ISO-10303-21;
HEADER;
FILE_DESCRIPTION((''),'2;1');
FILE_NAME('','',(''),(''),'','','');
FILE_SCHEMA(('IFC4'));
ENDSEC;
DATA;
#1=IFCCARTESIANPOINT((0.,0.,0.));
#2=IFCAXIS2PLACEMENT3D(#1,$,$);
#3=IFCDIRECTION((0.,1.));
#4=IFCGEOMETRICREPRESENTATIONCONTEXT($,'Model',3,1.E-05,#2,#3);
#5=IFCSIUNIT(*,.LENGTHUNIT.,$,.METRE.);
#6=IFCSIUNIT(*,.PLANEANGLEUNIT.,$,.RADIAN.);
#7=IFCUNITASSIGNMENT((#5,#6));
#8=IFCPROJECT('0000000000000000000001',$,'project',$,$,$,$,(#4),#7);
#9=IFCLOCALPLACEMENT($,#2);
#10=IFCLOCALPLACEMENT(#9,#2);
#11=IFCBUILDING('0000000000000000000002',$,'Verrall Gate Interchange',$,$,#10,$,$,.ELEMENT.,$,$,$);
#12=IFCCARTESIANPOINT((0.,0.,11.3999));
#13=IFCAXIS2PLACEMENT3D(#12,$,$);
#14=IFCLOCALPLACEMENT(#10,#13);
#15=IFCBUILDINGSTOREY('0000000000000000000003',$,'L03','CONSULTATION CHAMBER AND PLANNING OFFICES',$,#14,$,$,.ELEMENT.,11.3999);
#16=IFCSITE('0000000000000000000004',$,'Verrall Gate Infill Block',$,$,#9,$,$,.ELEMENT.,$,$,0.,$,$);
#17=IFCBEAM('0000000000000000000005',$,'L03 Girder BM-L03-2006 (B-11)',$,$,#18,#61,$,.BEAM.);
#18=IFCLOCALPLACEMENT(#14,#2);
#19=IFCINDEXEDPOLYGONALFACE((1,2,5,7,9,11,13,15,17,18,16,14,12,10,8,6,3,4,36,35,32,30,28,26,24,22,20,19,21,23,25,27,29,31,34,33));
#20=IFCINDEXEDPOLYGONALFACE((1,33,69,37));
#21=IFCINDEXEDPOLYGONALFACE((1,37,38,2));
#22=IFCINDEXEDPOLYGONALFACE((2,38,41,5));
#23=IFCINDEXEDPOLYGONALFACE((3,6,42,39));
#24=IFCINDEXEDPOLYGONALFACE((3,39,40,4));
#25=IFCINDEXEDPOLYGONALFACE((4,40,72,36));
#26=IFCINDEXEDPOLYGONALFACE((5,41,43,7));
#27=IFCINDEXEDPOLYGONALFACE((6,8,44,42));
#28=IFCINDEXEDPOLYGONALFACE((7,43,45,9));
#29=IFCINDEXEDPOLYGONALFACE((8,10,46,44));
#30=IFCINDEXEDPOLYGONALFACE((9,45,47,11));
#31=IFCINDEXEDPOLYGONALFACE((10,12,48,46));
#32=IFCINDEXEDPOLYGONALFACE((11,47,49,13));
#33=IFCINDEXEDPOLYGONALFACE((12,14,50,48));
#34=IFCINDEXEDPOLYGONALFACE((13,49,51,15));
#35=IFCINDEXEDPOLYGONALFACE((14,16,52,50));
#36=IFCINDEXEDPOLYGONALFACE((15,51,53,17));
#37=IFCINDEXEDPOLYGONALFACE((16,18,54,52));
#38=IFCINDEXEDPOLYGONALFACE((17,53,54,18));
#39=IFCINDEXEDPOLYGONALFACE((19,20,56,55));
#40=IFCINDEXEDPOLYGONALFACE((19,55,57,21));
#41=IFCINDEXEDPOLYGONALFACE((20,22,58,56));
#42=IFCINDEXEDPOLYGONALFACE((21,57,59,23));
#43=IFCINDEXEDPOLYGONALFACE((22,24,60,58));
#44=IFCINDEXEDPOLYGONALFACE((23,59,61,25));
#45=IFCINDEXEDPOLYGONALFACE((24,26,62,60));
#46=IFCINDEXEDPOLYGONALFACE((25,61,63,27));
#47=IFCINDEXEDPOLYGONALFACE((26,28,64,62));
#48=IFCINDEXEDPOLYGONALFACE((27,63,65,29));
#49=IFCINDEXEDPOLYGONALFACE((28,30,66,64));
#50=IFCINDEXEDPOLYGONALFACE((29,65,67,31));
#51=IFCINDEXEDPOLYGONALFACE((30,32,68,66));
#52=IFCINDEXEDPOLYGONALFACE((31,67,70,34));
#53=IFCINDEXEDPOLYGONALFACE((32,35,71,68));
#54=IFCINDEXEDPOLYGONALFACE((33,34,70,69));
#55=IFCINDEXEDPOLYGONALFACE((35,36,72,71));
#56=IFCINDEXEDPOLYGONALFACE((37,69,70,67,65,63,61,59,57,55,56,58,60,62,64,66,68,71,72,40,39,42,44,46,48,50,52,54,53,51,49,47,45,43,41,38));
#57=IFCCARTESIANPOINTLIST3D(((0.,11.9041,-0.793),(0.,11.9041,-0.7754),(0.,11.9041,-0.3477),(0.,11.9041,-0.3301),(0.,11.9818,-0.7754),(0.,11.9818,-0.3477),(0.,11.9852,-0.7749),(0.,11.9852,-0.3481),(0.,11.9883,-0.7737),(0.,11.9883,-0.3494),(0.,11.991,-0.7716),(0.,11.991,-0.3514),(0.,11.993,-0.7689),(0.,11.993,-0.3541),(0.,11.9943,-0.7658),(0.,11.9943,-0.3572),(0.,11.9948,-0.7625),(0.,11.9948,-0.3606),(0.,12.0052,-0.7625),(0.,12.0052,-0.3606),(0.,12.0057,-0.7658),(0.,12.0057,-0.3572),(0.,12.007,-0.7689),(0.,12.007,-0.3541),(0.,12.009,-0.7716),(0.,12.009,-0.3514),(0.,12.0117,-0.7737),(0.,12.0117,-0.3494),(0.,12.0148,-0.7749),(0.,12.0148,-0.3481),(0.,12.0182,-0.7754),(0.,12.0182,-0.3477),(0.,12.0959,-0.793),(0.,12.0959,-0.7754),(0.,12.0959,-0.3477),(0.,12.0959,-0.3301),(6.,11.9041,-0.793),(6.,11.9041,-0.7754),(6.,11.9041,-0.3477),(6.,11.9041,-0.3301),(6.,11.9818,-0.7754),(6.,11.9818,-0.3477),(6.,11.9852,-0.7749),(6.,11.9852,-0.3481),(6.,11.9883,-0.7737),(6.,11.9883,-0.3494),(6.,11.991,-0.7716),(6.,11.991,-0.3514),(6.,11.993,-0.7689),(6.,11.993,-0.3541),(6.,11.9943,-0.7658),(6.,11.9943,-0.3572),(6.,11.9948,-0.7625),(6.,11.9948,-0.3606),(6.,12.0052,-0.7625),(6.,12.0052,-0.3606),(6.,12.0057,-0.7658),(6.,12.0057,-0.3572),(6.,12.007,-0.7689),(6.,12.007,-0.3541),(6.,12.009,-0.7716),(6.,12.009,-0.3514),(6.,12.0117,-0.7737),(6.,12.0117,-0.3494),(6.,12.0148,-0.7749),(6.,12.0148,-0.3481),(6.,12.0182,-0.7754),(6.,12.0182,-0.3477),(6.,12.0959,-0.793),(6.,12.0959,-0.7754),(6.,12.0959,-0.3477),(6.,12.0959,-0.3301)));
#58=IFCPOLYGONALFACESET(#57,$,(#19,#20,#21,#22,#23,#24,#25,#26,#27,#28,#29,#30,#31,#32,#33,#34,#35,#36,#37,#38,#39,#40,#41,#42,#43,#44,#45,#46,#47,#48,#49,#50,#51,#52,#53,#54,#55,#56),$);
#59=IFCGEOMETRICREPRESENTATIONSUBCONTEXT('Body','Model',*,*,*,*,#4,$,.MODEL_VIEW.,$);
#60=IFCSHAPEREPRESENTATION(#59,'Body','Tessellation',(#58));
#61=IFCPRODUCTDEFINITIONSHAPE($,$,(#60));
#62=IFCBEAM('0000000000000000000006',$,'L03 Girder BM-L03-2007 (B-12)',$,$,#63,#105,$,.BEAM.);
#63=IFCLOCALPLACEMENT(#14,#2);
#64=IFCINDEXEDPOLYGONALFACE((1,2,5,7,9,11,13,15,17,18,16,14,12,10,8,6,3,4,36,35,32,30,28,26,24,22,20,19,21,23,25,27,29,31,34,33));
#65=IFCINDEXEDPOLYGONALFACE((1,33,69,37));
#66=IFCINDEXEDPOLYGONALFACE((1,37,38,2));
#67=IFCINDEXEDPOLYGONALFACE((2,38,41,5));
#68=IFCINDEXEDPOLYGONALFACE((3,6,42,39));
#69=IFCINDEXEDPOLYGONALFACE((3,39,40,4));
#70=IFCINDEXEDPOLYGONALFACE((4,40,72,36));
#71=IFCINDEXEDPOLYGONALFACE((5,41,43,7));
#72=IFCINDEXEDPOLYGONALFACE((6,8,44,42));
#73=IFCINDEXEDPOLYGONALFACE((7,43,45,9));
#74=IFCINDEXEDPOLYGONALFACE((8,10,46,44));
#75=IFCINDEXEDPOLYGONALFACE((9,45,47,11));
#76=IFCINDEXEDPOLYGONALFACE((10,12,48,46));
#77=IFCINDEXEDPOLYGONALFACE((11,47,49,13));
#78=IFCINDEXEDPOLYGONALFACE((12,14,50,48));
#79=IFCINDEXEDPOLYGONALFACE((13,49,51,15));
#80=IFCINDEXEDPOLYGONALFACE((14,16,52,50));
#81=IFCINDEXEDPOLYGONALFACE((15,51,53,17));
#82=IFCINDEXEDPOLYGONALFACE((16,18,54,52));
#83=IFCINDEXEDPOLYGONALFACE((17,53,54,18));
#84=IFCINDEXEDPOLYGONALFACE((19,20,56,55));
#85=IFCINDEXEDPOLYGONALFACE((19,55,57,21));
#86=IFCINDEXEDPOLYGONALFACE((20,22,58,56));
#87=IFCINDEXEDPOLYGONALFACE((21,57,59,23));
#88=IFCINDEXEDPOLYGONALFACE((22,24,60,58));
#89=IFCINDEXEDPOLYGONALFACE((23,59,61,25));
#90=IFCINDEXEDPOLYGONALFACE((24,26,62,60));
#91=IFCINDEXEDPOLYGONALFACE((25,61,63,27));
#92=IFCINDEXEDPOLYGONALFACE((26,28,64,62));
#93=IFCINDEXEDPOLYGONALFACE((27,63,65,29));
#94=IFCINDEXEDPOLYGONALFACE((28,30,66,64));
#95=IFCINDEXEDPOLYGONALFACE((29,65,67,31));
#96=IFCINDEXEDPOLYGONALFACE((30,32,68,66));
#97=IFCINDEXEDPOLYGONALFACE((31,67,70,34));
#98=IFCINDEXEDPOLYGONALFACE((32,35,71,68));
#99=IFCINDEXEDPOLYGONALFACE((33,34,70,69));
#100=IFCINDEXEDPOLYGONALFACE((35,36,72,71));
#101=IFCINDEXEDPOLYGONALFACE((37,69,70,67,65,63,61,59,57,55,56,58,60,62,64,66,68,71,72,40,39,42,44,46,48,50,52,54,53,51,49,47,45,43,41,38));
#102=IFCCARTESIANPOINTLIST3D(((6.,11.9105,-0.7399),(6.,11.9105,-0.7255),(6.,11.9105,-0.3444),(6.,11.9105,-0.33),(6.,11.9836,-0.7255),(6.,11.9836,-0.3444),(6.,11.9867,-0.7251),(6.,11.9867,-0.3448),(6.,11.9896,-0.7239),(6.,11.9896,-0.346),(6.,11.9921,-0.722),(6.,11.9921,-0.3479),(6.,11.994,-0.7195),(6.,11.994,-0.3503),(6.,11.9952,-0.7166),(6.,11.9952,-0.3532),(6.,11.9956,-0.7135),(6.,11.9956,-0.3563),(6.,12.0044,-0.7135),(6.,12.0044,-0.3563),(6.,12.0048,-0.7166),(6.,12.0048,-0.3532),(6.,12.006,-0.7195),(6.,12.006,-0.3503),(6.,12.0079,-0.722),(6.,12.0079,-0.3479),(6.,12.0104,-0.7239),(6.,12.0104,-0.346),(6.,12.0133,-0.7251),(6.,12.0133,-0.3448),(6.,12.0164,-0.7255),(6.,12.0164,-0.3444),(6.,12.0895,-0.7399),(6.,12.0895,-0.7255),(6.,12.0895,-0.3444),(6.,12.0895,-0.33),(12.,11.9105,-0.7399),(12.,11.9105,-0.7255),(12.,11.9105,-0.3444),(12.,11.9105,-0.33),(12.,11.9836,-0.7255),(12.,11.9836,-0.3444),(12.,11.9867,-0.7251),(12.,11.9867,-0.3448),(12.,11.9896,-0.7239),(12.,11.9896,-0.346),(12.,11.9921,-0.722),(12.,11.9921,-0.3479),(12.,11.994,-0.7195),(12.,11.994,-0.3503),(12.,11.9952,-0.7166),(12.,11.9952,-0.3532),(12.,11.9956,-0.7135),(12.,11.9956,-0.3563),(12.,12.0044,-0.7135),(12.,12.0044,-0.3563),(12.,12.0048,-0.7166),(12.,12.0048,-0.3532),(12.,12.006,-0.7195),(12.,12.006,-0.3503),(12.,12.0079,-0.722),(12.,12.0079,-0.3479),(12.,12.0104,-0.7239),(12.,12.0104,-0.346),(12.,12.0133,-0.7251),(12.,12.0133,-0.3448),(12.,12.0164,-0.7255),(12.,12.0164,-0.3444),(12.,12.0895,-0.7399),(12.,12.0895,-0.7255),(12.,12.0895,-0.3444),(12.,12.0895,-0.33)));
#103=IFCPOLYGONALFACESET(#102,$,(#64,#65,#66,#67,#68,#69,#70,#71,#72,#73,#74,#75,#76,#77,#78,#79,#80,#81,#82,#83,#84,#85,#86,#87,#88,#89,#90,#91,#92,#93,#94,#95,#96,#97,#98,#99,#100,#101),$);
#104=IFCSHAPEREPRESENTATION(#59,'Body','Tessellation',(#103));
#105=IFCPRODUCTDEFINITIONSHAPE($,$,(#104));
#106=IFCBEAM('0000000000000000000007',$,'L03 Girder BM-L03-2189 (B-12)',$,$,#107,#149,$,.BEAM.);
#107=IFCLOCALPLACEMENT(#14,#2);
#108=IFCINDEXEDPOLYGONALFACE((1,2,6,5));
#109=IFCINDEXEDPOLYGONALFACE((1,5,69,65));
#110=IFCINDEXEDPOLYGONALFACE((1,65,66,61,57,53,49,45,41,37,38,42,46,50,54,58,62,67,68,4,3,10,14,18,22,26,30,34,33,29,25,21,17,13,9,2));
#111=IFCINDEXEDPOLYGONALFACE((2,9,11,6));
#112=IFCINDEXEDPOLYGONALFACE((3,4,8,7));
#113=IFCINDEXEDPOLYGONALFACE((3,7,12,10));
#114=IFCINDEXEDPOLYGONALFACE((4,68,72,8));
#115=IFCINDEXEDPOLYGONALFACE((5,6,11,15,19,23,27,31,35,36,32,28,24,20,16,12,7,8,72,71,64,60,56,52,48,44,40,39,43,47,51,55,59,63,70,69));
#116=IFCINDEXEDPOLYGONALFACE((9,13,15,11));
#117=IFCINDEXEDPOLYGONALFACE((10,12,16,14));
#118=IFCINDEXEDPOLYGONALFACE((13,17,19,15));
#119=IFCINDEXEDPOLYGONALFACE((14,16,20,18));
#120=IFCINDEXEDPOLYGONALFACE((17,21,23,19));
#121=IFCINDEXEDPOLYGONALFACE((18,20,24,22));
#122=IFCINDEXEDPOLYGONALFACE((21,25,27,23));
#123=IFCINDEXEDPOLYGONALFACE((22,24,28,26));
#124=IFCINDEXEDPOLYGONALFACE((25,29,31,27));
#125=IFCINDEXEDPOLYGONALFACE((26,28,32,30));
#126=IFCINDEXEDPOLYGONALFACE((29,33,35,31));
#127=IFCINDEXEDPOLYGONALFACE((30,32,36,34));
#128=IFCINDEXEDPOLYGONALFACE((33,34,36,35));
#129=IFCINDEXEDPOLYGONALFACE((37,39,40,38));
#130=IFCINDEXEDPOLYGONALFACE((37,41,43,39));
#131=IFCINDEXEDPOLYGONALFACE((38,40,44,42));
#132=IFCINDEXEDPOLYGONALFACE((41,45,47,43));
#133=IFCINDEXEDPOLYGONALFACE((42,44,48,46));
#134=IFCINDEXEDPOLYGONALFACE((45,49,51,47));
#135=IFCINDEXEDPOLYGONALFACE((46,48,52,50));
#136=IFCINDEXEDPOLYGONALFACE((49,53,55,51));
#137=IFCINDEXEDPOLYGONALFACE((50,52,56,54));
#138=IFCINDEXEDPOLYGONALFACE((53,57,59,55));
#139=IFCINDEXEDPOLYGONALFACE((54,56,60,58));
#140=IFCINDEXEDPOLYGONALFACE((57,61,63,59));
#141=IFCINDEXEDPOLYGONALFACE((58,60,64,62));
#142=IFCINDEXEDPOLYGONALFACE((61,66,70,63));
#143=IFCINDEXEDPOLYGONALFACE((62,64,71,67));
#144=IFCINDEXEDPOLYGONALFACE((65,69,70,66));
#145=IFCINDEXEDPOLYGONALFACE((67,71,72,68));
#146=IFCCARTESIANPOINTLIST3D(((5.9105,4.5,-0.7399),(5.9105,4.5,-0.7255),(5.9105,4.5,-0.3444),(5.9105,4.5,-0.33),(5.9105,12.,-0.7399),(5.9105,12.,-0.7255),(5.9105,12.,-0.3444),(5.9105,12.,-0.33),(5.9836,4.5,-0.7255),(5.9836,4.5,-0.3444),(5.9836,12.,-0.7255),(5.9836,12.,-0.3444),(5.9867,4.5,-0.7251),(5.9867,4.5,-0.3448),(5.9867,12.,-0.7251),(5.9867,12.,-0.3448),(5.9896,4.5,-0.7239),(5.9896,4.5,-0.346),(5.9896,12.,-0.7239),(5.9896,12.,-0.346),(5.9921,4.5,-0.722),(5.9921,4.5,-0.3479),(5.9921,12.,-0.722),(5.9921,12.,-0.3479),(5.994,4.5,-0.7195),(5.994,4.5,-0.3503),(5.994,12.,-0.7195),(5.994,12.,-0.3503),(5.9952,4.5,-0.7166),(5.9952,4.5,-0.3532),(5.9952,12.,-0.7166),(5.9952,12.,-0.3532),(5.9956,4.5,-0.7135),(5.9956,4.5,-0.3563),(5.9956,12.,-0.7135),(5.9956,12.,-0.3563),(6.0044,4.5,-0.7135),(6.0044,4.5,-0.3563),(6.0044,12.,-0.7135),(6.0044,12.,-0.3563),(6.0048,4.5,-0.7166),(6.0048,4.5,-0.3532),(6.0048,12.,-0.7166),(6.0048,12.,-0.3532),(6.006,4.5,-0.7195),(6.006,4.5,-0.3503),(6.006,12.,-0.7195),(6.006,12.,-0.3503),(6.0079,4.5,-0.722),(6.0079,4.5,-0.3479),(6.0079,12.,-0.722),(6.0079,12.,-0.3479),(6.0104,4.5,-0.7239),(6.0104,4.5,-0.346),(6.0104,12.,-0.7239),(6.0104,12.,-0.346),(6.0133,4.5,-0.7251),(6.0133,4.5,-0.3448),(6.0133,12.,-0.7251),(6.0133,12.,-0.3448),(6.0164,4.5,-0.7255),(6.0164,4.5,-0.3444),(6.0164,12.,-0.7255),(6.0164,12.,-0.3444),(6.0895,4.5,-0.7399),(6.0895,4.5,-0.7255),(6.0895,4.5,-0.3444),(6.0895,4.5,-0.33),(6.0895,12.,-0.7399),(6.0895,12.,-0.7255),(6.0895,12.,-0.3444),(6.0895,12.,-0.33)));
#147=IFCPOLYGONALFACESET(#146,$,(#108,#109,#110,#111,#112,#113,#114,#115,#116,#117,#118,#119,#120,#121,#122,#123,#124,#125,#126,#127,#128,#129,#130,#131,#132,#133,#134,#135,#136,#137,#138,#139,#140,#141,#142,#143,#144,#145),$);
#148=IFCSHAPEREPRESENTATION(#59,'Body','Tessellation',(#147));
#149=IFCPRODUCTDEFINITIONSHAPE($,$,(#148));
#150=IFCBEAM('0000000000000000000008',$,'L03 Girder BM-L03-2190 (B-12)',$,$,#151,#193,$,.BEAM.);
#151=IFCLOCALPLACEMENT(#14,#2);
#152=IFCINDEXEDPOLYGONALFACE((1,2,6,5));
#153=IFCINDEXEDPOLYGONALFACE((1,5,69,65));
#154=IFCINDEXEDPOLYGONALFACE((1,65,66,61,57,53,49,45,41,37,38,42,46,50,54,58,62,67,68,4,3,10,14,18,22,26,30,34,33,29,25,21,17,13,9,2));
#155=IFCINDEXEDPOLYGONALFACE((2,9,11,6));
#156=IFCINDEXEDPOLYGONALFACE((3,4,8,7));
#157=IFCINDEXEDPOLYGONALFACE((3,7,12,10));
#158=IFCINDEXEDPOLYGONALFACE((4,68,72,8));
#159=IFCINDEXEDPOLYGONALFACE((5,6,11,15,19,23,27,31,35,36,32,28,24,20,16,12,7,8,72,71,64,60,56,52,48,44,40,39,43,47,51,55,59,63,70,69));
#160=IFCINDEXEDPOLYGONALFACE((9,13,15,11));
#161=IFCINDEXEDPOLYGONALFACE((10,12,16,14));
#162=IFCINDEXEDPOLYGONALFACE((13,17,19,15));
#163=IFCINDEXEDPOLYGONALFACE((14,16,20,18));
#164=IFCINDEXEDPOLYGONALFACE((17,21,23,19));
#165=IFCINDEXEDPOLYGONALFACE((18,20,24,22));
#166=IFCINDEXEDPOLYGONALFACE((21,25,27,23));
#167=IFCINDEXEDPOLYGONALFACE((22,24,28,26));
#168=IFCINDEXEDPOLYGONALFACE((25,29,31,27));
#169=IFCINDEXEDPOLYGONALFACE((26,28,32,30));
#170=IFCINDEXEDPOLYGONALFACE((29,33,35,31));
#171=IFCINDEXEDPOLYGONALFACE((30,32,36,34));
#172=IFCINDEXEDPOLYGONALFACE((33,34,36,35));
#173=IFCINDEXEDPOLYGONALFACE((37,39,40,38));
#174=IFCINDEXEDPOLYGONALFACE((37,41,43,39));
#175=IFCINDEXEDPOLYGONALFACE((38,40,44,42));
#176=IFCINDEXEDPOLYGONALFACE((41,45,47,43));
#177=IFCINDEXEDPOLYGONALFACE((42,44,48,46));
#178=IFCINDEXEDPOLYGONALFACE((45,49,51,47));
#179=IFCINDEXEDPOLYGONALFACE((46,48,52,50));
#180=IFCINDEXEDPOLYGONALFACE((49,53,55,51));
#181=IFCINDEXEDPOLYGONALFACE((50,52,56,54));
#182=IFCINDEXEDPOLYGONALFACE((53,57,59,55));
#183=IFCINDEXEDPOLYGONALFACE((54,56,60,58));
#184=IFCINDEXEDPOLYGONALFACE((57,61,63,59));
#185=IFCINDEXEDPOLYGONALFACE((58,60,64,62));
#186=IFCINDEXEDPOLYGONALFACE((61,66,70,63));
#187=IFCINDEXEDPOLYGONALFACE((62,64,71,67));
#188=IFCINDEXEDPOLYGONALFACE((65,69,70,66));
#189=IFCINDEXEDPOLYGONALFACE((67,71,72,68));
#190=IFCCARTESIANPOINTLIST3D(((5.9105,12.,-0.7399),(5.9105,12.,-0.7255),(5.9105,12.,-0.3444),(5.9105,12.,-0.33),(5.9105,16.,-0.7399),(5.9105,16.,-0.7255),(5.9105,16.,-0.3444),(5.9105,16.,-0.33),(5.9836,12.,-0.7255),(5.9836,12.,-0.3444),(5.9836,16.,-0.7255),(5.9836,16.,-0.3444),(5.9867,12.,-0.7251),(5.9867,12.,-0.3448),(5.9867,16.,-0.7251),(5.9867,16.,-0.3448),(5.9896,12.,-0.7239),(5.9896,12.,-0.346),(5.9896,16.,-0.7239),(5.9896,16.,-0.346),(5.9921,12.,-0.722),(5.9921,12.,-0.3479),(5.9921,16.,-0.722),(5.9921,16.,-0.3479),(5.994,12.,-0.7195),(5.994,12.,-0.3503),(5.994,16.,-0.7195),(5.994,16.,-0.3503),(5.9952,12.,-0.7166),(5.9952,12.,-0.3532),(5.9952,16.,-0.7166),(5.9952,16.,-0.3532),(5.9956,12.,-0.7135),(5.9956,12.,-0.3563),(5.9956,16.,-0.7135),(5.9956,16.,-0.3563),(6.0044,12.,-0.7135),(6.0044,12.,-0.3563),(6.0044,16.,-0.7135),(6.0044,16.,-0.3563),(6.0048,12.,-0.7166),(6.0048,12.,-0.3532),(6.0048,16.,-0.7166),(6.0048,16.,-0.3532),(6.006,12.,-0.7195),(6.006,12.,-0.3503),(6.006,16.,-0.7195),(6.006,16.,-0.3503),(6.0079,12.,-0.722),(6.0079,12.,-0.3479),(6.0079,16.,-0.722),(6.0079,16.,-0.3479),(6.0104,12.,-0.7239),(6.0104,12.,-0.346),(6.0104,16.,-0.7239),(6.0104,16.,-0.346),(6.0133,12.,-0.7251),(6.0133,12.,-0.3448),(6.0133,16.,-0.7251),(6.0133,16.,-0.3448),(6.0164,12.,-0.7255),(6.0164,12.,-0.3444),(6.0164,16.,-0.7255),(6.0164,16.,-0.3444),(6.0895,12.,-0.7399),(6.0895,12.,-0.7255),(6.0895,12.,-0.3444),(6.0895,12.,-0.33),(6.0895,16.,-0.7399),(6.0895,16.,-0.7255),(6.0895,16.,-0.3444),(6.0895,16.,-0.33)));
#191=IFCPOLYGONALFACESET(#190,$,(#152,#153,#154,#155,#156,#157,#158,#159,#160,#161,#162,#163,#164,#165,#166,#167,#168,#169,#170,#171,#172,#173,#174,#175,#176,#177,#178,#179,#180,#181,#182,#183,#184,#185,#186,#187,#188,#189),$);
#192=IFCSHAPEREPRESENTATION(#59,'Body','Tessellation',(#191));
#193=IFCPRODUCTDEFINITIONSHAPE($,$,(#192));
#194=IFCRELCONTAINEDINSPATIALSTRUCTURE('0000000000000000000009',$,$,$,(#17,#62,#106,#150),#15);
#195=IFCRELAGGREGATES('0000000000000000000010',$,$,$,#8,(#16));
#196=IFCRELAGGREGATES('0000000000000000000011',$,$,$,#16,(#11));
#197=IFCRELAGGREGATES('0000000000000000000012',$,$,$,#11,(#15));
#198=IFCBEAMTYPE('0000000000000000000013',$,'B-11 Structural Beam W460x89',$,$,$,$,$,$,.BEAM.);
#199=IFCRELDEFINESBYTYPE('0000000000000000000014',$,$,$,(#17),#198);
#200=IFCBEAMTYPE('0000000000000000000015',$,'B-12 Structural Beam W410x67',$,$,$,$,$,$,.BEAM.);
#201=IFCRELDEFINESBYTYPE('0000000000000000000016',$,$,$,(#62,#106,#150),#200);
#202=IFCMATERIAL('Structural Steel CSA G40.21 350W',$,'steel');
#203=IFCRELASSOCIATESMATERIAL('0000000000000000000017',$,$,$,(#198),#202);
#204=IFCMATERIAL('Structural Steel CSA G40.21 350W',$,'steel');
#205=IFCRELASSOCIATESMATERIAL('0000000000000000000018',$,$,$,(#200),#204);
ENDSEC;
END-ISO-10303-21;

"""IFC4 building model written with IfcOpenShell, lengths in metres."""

from ifc_helpers import new_model, si_unit, direction, frame, origin, origin_2d, place, context, subcontext, project, spatial, i_section, extrude, material, material_profile, profile_set, type_object, element, save


model = new_model("IFC4")

# Units and contexts
model_context = context("Model", 3, precision=1e-05, world=origin(), true_north=direction((0.0, 1.0)))
body_context = subcontext(model_context, "Body", "Model", "MODEL_VIEW")
ifc_project = project(units=[si_unit("LENGTHUNIT", "METRE"), si_unit("PLANEANGLEUNIT", "RADIAN")], contexts=[model_context])

# Site, building, storey
site_placement = place(None, origin())
site = spatial("IfcSite", under=ifc_project, at=site_placement, Name="Verrall Gate Infill Block", CompositionType="ELEMENT", RefElevation=0.0)
building_placement = place(site_placement, origin())
building = spatial("IfcBuilding", under=site, at=building_placement, Name="Verrall Gate Interchange", CompositionType="ELEMENT")
storey_placement = place(building_placement, frame((0.0, 0.0, 11.3999)))
storey = spatial("IfcBuildingStorey", under=building, at=storey_placement, Name="L03", Description="CONSULTATION CHAMBER AND PLANNING OFFICES", CompositionType="ELEMENT", Elevation=11.3999)

# Beams
ifc_material_1 = material(Name="Structural Steel CSA G40.21 350W", Category="steel")
ifc_material_profile_1 = material_profile(ifc_material_1, i_section(OverallWidth=0.1919, OverallDepth=0.4629, WebThickness=0.0105, FlangeThickness=0.0176, FilletRadius=0.0129, at=origin_2d()), Name="W460x89")
ifc_profile_set_1 = profile_set([ifc_material_profile_1], Name="Structural Steel CSA G40.21 350W")
beam_type_1 = type_object("IfcBeamType", Name="B-11 Structural Beam W460x89", PredefinedType="BEAM", material=ifc_profile_set_1)
beam_1_placement = place(storey_placement, frame((0.0, 12.0, -0.5615), z_axis=(1.0, 0.0, 0.0), x_axis=(0.0, 1.0, 0.0)))
element("IfcBeam", 1, at=beam_1_placement, inside=storey, type_object=beam_type_1, Name="L03 Girder BM-L03-2006 (B-11)", PredefinedType="BEAM", context=body_context, shape_type="SweptSolid", body=[
    extrude(i_section(OverallWidth=0.1919, OverallDepth=0.4629, WebThickness=0.0105, FlangeThickness=0.0176, FilletRadius=0.0129, at=origin_2d()), origin(), (0.0, 0.0, 1.0), 6.0),
])
ifc_material_2 = material(Name="Structural Steel CSA G40.21 350W", Category="steel")
ifc_material_profile_2 = material_profile(ifc_material_2, i_section(OverallWidth=0.179, OverallDepth=0.4099, WebThickness=0.0088, FlangeThickness=0.0144, FilletRadius=0.012, at=origin_2d()), Name="W410x67")
ifc_profile_set_2 = profile_set([ifc_material_profile_2], Name="Structural Steel CSA G40.21 350W")
beam_type_2 = type_object("IfcBeamType", Name="B-12 Structural Beam W410x67", PredefinedType="BEAM", material=ifc_profile_set_2)
beam_2_placement = place(storey_placement, frame((6.0, 12.0, -0.5349), z_axis=(1.0, 0.0, 0.0), x_axis=(0.0, 1.0, 0.0)))
element("IfcBeam", 2, at=beam_2_placement, inside=storey, type_object=beam_type_2, Name="L03 Girder BM-L03-2007 (B-12)", PredefinedType="BEAM", context=body_context, shape_type="SweptSolid", body=[
    extrude(i_section(OverallWidth=0.179, OverallDepth=0.4099, WebThickness=0.0088, FlangeThickness=0.0144, FilletRadius=0.012, at=origin_2d()), origin(), (0.0, 0.0, 1.0), 6.0),
])
beam_3_placement = place(storey_placement, frame((6.0, 4.5, -0.5349), z_axis=(0.0, 1.0, 0.0), x_axis=(-1.0, 0.0, 0.0)))
element("IfcBeam", 3, at=beam_3_placement, inside=storey, type_object=beam_type_2, Name="L03 Girder BM-L03-2189 (B-12)", PredefinedType="BEAM", context=body_context, shape_type="SweptSolid", body=[
    extrude(i_section(OverallWidth=0.179, OverallDepth=0.4099, WebThickness=0.0088, FlangeThickness=0.0144, FilletRadius=0.012, at=origin_2d()), origin(), (0.0, 0.0, 1.0), 7.5),
])
beam_4_placement = place(storey_placement, frame((6.0, 12.0, -0.5349), z_axis=(0.0, 1.0, 0.0), x_axis=(-1.0, 0.0, 0.0)))
element("IfcBeam", 4, at=beam_4_placement, inside=storey, type_object=beam_type_2, Name="L03 Girder BM-L03-2190 (B-12)", PredefinedType="BEAM", context=body_context, shape_type="SweptSolid", body=[
    extrude(i_section(OverallWidth=0.179, OverallDepth=0.4099, WebThickness=0.0088, FlangeThickness=0.0144, FilletRadius=0.012, at=origin_2d()), origin(), (0.0, 0.0, 1.0), 4.0),
])

save(model, "model.ifc")
